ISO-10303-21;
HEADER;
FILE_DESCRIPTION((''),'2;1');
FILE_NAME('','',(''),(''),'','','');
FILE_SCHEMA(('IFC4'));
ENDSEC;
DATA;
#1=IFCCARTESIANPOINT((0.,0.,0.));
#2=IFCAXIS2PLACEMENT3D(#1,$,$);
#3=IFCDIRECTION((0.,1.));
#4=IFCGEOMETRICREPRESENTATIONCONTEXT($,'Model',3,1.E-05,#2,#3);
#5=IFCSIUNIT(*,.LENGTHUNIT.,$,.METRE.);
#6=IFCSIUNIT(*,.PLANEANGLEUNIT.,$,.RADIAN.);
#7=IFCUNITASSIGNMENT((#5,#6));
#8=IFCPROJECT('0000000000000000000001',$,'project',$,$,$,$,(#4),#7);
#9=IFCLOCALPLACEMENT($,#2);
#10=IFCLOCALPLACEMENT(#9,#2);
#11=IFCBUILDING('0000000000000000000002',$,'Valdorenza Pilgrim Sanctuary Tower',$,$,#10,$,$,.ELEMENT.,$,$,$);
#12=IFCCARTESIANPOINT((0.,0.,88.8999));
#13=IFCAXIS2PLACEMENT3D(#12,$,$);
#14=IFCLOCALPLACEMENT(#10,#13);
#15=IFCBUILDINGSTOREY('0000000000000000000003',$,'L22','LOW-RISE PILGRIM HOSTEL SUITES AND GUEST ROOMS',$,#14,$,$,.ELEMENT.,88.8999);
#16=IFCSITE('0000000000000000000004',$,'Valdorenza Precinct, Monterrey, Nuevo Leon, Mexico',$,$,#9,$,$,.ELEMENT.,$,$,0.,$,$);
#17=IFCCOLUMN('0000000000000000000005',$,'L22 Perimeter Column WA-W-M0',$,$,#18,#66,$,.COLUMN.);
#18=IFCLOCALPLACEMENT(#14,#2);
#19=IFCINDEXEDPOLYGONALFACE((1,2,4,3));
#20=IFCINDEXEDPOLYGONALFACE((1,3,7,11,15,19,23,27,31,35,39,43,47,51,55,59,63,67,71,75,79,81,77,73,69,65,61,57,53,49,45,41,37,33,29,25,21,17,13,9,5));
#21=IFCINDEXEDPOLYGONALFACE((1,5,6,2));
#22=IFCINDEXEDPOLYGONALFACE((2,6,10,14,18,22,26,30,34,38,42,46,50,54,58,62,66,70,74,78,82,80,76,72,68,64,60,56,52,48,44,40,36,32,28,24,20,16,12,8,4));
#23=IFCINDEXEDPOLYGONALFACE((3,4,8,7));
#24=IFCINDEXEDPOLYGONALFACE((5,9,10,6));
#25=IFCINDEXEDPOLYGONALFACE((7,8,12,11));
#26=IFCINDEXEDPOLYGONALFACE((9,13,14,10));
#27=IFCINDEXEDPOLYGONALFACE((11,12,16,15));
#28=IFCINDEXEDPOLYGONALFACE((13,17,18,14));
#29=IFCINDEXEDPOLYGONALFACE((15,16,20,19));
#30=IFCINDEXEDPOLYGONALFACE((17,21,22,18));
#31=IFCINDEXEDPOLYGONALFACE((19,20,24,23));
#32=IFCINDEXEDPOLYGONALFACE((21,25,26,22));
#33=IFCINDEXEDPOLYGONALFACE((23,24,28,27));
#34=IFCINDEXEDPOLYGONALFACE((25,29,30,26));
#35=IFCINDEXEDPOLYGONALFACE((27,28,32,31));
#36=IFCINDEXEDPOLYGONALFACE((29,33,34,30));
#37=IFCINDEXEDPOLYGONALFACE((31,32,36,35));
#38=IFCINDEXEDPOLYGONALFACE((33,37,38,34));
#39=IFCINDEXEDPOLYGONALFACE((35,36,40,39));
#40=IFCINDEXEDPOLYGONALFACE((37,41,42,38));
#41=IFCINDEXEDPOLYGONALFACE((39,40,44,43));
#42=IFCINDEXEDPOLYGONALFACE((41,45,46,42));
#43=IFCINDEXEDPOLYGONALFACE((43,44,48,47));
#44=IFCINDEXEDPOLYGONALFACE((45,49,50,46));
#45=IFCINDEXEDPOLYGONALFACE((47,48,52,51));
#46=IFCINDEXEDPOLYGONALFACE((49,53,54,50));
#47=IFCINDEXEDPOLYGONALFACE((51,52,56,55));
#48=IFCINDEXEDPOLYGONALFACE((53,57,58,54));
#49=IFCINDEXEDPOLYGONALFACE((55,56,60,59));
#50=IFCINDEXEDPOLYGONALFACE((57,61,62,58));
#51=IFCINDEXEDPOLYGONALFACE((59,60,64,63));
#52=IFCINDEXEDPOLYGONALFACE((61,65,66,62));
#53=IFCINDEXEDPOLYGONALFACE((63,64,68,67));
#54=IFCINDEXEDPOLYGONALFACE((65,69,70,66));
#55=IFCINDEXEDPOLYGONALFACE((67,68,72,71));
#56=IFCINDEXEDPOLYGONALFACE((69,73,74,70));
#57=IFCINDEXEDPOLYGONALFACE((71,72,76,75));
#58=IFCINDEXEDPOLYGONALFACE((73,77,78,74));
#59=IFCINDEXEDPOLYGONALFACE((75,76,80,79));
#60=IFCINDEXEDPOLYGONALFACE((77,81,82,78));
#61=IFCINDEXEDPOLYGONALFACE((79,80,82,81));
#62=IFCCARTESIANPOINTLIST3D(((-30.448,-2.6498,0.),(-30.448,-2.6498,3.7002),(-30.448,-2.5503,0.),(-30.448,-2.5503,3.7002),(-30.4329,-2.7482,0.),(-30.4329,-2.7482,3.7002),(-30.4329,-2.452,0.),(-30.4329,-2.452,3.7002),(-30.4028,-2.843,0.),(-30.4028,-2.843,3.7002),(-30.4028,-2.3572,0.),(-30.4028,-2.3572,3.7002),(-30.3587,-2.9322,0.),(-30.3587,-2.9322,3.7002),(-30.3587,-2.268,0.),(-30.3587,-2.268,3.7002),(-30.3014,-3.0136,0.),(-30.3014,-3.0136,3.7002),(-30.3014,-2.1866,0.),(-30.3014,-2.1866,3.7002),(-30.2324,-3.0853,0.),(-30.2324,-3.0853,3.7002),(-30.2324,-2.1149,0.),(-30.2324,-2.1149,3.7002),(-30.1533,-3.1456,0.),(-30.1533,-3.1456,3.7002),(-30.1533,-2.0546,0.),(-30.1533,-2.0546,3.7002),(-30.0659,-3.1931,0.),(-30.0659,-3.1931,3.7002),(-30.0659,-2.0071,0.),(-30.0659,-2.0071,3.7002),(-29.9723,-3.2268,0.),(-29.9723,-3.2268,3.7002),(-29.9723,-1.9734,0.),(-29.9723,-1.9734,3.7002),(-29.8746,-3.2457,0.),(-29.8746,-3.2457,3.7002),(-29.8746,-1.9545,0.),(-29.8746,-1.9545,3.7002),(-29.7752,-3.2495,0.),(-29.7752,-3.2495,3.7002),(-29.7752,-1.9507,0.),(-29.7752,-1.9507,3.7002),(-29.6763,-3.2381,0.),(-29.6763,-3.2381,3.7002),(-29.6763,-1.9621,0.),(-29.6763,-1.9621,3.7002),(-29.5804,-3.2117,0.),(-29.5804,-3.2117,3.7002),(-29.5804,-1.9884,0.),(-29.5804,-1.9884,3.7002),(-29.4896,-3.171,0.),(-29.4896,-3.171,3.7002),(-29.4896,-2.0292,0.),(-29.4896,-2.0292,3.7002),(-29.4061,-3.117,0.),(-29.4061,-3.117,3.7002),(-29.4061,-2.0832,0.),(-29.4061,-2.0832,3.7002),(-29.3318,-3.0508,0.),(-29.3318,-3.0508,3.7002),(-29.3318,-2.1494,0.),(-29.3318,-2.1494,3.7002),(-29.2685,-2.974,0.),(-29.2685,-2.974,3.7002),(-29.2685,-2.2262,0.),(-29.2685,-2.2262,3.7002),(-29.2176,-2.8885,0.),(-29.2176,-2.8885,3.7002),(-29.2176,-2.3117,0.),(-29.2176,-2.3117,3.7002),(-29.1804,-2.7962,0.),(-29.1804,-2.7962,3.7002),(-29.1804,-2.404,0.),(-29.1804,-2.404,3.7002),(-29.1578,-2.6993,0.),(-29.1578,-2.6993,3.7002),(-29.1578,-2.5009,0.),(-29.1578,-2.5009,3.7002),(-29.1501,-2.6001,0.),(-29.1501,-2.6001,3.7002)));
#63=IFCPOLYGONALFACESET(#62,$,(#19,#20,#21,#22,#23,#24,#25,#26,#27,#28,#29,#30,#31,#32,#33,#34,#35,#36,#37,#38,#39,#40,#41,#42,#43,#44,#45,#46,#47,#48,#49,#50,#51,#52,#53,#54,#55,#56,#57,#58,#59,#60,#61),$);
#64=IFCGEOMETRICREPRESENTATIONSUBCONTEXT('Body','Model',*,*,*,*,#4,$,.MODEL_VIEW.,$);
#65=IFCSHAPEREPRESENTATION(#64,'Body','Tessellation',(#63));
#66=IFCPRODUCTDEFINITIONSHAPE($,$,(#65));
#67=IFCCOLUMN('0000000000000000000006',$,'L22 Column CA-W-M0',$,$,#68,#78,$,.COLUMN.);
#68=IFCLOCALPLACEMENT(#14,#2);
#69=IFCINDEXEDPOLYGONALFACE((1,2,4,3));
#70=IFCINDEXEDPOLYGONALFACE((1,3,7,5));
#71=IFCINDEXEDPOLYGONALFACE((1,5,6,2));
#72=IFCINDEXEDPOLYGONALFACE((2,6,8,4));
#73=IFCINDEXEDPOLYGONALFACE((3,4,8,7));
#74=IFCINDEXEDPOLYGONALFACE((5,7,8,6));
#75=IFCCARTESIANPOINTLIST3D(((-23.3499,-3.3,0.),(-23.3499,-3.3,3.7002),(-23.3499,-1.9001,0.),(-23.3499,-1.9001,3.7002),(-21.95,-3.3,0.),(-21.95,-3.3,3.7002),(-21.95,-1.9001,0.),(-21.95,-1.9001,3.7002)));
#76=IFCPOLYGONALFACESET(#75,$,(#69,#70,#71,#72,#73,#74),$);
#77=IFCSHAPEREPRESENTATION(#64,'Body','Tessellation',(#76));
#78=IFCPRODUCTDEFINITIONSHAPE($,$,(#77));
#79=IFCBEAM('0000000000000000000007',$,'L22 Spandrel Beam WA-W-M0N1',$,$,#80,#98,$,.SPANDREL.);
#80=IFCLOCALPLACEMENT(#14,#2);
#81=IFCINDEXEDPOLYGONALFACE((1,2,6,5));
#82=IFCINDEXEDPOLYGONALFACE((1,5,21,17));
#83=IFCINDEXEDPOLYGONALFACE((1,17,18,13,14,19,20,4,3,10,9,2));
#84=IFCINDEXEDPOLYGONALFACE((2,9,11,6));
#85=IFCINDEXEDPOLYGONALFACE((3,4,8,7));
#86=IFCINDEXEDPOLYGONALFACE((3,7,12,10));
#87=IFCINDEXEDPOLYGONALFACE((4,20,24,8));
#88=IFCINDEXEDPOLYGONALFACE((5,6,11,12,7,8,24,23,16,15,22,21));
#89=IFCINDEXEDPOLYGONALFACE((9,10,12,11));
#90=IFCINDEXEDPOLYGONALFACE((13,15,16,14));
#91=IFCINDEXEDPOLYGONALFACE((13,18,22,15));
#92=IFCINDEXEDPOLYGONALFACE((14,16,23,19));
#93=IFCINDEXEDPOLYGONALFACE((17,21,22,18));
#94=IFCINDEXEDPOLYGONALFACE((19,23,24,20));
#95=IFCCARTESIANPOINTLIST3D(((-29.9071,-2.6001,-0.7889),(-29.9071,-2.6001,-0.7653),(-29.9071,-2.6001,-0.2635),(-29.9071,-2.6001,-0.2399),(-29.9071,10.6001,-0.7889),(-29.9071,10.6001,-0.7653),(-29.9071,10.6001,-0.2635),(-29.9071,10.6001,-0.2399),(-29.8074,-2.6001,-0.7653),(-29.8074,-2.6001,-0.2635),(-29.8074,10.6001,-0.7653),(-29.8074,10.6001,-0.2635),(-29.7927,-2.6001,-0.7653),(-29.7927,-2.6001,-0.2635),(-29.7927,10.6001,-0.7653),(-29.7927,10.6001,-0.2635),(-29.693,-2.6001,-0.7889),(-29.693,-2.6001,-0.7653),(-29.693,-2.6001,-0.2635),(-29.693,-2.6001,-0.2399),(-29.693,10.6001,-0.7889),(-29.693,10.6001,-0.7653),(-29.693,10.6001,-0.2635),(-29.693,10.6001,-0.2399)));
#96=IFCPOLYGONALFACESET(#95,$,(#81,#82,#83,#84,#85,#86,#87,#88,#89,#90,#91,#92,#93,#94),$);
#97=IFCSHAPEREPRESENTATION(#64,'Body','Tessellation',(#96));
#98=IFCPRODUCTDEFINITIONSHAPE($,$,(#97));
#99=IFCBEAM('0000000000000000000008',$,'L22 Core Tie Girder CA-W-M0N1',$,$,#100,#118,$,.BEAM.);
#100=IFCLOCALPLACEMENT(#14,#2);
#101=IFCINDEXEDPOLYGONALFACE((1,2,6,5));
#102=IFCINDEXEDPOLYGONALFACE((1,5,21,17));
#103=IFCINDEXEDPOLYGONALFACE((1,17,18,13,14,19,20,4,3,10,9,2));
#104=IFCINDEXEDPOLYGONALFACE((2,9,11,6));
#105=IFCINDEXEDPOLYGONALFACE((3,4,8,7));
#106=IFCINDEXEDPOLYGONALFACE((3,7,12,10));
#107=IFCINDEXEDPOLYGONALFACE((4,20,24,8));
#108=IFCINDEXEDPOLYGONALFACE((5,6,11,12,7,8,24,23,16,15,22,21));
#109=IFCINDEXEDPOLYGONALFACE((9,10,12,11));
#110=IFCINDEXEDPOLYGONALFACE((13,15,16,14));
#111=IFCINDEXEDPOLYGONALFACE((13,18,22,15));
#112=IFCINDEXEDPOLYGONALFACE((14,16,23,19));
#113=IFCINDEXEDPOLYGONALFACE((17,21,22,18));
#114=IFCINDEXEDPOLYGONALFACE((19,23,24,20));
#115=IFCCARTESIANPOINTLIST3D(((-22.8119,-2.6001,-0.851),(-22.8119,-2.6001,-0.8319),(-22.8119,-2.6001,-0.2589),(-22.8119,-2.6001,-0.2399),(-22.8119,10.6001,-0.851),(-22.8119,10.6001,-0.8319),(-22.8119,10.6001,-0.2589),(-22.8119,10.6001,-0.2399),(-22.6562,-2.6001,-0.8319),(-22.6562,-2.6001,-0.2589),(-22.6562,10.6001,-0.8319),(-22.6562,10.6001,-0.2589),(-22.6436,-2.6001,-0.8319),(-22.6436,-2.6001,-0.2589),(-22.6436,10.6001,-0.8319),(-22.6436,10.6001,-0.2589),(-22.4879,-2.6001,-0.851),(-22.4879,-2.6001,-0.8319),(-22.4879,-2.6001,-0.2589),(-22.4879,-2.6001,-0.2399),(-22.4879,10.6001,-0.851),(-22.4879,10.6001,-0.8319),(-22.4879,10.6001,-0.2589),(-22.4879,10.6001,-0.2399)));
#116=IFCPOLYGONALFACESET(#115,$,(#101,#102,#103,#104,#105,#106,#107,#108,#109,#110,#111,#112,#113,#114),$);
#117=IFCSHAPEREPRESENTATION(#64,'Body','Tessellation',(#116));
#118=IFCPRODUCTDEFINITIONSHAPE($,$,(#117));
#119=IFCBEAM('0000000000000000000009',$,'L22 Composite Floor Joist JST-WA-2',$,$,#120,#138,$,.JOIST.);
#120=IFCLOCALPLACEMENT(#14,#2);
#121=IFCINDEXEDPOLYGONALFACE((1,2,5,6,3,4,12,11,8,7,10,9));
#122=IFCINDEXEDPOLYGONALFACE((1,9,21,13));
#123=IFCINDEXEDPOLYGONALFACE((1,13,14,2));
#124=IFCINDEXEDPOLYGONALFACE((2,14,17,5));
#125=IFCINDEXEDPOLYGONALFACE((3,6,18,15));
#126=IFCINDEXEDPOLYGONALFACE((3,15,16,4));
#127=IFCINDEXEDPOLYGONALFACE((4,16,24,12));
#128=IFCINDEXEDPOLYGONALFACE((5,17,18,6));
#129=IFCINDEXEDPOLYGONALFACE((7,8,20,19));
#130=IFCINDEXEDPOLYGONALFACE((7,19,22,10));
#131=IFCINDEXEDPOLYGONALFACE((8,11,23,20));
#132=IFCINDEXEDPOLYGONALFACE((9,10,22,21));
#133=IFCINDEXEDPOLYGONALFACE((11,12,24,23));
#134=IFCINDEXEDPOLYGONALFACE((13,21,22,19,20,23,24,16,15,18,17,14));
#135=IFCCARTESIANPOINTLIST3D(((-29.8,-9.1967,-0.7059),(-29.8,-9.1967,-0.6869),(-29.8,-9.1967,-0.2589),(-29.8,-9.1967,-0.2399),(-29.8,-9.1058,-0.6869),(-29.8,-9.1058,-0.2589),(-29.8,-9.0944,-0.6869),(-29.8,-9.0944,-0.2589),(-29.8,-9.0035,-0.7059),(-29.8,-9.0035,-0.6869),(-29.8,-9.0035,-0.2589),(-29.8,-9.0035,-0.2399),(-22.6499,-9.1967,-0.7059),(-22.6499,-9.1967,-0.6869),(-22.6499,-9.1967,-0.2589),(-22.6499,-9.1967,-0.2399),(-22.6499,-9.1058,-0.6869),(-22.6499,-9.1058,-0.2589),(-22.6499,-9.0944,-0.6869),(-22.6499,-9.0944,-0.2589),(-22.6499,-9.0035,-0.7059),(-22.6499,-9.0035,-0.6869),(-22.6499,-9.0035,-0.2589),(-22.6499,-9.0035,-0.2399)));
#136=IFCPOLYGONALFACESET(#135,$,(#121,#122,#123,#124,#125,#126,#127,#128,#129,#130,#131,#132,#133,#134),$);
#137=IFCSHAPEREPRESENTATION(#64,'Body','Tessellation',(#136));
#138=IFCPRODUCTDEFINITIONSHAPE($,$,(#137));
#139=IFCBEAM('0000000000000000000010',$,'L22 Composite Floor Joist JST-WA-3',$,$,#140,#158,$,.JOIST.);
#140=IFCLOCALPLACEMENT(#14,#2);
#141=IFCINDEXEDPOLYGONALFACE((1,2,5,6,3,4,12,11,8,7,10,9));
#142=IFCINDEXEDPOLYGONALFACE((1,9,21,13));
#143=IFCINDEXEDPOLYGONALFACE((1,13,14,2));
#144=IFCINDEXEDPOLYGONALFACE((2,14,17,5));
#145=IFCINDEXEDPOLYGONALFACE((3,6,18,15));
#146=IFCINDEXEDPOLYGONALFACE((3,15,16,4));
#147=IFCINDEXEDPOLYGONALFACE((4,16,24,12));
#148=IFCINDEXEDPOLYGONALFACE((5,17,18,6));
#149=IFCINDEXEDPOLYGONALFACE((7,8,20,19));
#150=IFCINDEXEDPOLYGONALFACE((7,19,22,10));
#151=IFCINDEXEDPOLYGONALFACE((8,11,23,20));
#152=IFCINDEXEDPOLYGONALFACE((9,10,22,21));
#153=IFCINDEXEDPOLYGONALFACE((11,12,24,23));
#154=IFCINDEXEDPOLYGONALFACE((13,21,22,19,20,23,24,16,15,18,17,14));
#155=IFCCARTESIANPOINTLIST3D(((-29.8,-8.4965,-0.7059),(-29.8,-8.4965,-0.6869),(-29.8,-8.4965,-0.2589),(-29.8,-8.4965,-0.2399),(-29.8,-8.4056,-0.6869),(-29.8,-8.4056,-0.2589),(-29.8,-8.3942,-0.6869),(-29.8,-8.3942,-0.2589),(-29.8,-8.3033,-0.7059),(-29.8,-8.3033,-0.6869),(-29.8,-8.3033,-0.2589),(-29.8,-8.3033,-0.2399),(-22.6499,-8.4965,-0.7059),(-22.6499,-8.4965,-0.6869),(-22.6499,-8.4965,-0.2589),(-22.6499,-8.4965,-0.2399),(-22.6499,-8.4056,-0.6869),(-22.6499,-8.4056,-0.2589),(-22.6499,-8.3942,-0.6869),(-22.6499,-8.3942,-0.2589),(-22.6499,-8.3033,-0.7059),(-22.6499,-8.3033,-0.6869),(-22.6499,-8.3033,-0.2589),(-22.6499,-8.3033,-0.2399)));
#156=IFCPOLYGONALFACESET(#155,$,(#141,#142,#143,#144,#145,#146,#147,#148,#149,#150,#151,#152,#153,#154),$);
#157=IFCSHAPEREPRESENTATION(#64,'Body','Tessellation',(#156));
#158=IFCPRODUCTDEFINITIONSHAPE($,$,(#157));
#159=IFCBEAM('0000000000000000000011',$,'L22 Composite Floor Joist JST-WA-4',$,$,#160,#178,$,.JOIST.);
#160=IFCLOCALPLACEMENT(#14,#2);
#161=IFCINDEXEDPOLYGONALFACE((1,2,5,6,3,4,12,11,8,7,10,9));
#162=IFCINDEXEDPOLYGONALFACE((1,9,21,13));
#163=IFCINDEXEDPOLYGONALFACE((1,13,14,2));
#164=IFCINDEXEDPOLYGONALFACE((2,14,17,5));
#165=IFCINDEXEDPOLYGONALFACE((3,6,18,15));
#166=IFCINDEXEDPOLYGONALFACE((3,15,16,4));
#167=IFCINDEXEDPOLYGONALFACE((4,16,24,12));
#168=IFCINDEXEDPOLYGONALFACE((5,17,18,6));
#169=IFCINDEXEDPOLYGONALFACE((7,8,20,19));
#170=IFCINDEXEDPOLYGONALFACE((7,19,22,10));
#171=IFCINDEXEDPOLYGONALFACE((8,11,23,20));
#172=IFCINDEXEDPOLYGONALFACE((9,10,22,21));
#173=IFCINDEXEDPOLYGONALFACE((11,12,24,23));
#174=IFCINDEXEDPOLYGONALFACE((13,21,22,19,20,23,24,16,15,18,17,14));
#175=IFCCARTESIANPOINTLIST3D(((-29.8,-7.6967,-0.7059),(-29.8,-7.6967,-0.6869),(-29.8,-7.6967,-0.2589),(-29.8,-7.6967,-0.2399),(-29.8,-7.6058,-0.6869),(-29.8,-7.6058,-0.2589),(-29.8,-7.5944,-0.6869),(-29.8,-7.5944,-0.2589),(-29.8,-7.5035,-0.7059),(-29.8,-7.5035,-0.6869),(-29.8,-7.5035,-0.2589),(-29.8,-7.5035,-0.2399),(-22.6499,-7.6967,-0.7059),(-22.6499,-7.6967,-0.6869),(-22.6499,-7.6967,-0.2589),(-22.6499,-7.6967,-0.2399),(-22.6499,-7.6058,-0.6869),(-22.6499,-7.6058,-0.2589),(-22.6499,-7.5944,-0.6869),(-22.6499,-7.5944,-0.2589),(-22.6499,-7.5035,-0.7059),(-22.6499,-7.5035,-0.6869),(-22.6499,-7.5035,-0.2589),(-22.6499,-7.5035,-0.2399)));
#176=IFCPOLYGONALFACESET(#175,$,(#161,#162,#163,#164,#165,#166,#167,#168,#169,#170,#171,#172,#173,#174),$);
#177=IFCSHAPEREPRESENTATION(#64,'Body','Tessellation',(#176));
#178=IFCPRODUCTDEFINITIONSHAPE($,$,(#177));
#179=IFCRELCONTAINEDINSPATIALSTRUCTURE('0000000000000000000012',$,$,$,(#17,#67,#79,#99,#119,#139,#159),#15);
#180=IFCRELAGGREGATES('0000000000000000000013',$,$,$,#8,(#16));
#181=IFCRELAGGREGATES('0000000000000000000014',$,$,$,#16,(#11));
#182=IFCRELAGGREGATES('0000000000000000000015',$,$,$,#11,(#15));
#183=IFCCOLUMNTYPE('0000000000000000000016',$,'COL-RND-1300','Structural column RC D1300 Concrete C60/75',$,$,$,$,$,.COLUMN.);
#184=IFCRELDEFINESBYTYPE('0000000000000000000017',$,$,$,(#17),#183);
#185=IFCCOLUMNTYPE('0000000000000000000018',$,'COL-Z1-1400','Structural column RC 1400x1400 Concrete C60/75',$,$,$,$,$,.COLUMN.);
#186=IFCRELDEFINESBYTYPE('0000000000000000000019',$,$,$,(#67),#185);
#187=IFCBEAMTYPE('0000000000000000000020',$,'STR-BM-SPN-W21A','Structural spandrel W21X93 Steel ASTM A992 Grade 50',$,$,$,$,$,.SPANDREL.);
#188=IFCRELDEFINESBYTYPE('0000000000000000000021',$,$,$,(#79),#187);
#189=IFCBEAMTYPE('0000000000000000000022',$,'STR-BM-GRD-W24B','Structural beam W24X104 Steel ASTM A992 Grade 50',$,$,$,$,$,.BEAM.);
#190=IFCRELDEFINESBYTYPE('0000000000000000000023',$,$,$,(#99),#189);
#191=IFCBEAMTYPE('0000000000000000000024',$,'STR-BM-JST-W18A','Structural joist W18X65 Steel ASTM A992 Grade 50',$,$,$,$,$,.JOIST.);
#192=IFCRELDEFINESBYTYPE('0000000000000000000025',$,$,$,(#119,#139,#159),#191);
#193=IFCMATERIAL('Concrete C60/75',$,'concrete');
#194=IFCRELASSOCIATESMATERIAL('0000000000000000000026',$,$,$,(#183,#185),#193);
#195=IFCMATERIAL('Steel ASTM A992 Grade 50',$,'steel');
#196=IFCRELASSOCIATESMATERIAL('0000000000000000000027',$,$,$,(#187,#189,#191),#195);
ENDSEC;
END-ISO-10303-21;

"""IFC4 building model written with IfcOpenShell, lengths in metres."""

from ifc_helpers import new_model, si_unit, direction, frame, origin, origin_2d, place, context, subcontext, project, spatial, rectangle, circle, i_section, extrude, source, transform, mapped, material, material_profile, profile_set, type_object, element, save


model = new_model("IFC4")

# Units and contexts
model_context = context("Model", 3, precision=1e-05, world=origin(), true_north=direction((0.0, 1.0)))
body_context = subcontext(model_context, "Body", "Model", "MODEL_VIEW")
ifc_project = project(units=[si_unit("LENGTHUNIT", "METRE"), si_unit("PLANEANGLEUNIT", "RADIAN")], contexts=[model_context])

# Site, building, storey
site_placement = place(None, origin())
site = spatial("IfcSite", under=ifc_project, at=site_placement, Name="Valdorenza Precinct, Monterrey, Nuevo Leon, Mexico", CompositionType="ELEMENT", RefElevation=0.0)
building_placement = place(site_placement, origin())
building = spatial("IfcBuilding", under=site, at=building_placement, Name="Valdorenza Pilgrim Sanctuary Tower", CompositionType="ELEMENT")
storey_placement = place(building_placement, frame((0.0, 0.0, 88.8999)))
storey = spatial("IfcBuildingStorey", under=building, at=storey_placement, Name="L22", Description="LOW-RISE PILGRIM HOSTEL SUITES AND GUEST ROOMS", CompositionType="ELEMENT", Elevation=88.8999)

# Columns
ifc_material_1 = material(Name="Concrete C60/75", Category="concrete")
ifc_material_profile_1 = material_profile(ifc_material_1, circle(Radius=0.6499, at=origin_2d()), Name="RC D1300")
ifc_profile_set_1 = profile_set([ifc_material_profile_1], Name="Concrete C60/75")
column_type_1 = type_object("IfcColumnType", Name="COL-RND-1300", Description="Structural column RC D1300 Concrete C60/75", PredefinedType="COLUMN", material=ifc_profile_set_1)
shared_shape_1 = source(origin(), body_context, "Body", "SweptSolid", [
    extrude(circle(Radius=0.6499, at=origin_2d()), origin(), (0.0, 0.0, 1.0), 3.7002),
])
column_1_placement = place(storey_placement, frame((-29.8, -2.6001, 0.0), z_axis=(0.0, 0.0, 1.0), x_axis=(1.0, 0.0, 0.0)))
element("IfcColumn", 1, at=column_1_placement, inside=storey, type_object=column_type_1, Name="L22 Perimeter Column WA-W-M0", PredefinedType="COLUMN", context=body_context, shape_type="MappedRepresentation", body=[
    mapped(shared_shape_1, transform((0.0, 0.0, 0.0), x_axis=(1.0, 0.0, 0.0), y_axis=(0.0, 1.0, 0.0), z_axis=(0.0, 0.0, 1.0), scale=1.0)),
])
ifc_material_profile_2 = material_profile(ifc_material_1, rectangle(XDim=1.3999, YDim=1.3999, at=origin_2d()), Name="RC 1400x1400")
ifc_profile_set_2 = profile_set([ifc_material_profile_2], Name="Concrete C60/75")
column_type_2 = type_object("IfcColumnType", Name="COL-Z1-1400", Description="Structural column RC 1400x1400 Concrete C60/75", PredefinedType="COLUMN", material=ifc_profile_set_2)
shared_shape_2 = source(origin(), body_context, "Body", "SweptSolid", [
    extrude(rectangle(XDim=1.3999, YDim=1.3999, at=origin_2d()), origin(), (0.0, 0.0, 1.0), 3.7002),
])
column_2_placement = place(storey_placement, frame((-22.6499, -2.6001, 0.0), z_axis=(0.0, 0.0, 1.0), x_axis=(1.0, 0.0, 0.0)))
element("IfcColumn", 2, at=column_2_placement, inside=storey, type_object=column_type_2, Name="L22 Column CA-W-M0", PredefinedType="COLUMN", context=body_context, shape_type="MappedRepresentation", body=[
    mapped(shared_shape_2, transform((0.0, 0.0, 0.0), x_axis=(1.0, 0.0, 0.0), y_axis=(0.0, 1.0, 0.0), z_axis=(0.0, 0.0, 1.0), scale=1.0)),
])

# Beams
ifc_material_2 = material(Name="Steel ASTM A992 Grade 50", Category="steel")
ifc_material_profile_3 = material_profile(ifc_material_2, i_section(OverallWidth=0.2141, OverallDepth=0.5491, WebThickness=0.0146, FlangeThickness=0.0237, at=origin_2d()), Name="W21X93")
ifc_profile_set_3 = profile_set([ifc_material_profile_3], Name="Steel ASTM A992 Grade 50")
beam_type_1 = type_object("IfcBeamType", Name="STR-BM-SPN-W21A", Description="Structural spandrel W21X93 Steel ASTM A992 Grade 50", PredefinedType="SPANDREL", material=ifc_profile_set_3)
shared_shape_3 = source(origin(), body_context, "Body", "SweptSolid", [
    extrude(i_section(OverallWidth=0.2141, OverallDepth=0.5491, WebThickness=0.0146, FlangeThickness=0.0237, at=origin_2d()), origin(), (0.0, 0.0, 1.0), 13.2002),
])
beam_1_placement = place(storey_placement, frame((-29.8, -2.6001, -0.5144), z_axis=(0.0, 1.0, 0.0), x_axis=(-1.0, 0.0, 0.0)))
element("IfcBeam", 3, at=beam_1_placement, inside=storey, type_object=beam_type_1, Name="L22 Spandrel Beam WA-W-M0N1", PredefinedType="SPANDREL", context=body_context, shape_type="MappedRepresentation", body=[
    mapped(shared_shape_3, transform((0.0, 0.0, 0.0), x_axis=(1.0, 0.0, 0.0), y_axis=(0.0, 1.0, 0.0), z_axis=(0.0, 0.0, 1.0), scale=1.0)),
])
ifc_material_profile_4 = material_profile(ifc_material_2, i_section(OverallWidth=0.324, OverallDepth=0.6111, WebThickness=0.0127, FlangeThickness=0.019, at=origin_2d()), Name="W24X104")
ifc_profile_set_4 = profile_set([ifc_material_profile_4], Name="Steel ASTM A992 Grade 50")
beam_type_2 = type_object("IfcBeamType", Name="STR-BM-GRD-W24B", Description="Structural beam W24X104 Steel ASTM A992 Grade 50", PredefinedType="BEAM", material=ifc_profile_set_4)
shared_shape_4 = source(origin(), body_context, "Body", "SweptSolid", [
    extrude(i_section(OverallWidth=0.324, OverallDepth=0.6111, WebThickness=0.0127, FlangeThickness=0.019, at=origin_2d()), origin(), (0.0, 0.0, 1.0), 13.2002),
])
beam_2_placement = place(storey_placement, frame((-22.6499, -2.6001, -0.5454), z_axis=(0.0, 1.0, 0.0), x_axis=(-1.0, 0.0, 0.0)))
element("IfcBeam", 4, at=beam_2_placement, inside=storey, type_object=beam_type_2, Name="L22 Core Tie Girder CA-W-M0N1", PredefinedType="BEAM", context=body_context, shape_type="MappedRepresentation", body=[
    mapped(shared_shape_4, transform((0.0, 0.0, 0.0), x_axis=(1.0, 0.0, 0.0), y_axis=(0.0, 1.0, 0.0), z_axis=(0.0, 0.0, 1.0), scale=1.0)),
])
ifc_material_profile_5 = material_profile(ifc_material_2, i_section(OverallWidth=0.1931, OverallDepth=0.4661, WebThickness=0.0115, FlangeThickness=0.019, at=origin_2d()), Name="W18X65")
ifc_profile_set_5 = profile_set([ifc_material_profile_5], Name="Steel ASTM A992 Grade 50")
beam_type_3 = type_object("IfcBeamType", Name="STR-BM-JST-W18A", Description="Structural joist W18X65 Steel ASTM A992 Grade 50", PredefinedType="JOIST", material=ifc_profile_set_5)
shared_shape_5 = source(origin(), body_context, "Body", "SweptSolid", [
    extrude(i_section(OverallWidth=0.1931, OverallDepth=0.4661, WebThickness=0.0115, FlangeThickness=0.019, at=origin_2d()), origin(), (0.0, 0.0, 1.0), 7.1501),
])
for number, where, z_axis, x_axis, name in (
    (5, (-29.8, -9.1001, -0.4729), (1.0, 0.0, 0.0), (0.0, 1.0, 0.0), "L22 Composite Floor Joist JST-WA-2"),
    (6, (-29.8, -8.3999, -0.4729), (1.0, 0.0, 0.0), (0.0, 1.0, 0.0), "L22 Composite Floor Joist JST-WA-3"),
    (7, (-29.8, -7.6001, -0.4729), (1.0, 0.0, 0.0), (0.0, 1.0, 0.0), "L22 Composite Floor Joist JST-WA-4"),
):
    element("IfcBeam", number, at=place(storey_placement, frame(where, z_axis=z_axis, x_axis=x_axis)), inside=storey, type_object=beam_type_3, Name=name, PredefinedType="JOIST", context=body_context, shape_type="MappedRepresentation", body=[
        mapped(shared_shape_5, transform((0.0, 0.0, 0.0), x_axis=(1.0, 0.0, 0.0), y_axis=(0.0, 1.0, 0.0), z_axis=(0.0, 0.0, 1.0), scale=1.0)),
    ])

save(model, "model.ifc")
